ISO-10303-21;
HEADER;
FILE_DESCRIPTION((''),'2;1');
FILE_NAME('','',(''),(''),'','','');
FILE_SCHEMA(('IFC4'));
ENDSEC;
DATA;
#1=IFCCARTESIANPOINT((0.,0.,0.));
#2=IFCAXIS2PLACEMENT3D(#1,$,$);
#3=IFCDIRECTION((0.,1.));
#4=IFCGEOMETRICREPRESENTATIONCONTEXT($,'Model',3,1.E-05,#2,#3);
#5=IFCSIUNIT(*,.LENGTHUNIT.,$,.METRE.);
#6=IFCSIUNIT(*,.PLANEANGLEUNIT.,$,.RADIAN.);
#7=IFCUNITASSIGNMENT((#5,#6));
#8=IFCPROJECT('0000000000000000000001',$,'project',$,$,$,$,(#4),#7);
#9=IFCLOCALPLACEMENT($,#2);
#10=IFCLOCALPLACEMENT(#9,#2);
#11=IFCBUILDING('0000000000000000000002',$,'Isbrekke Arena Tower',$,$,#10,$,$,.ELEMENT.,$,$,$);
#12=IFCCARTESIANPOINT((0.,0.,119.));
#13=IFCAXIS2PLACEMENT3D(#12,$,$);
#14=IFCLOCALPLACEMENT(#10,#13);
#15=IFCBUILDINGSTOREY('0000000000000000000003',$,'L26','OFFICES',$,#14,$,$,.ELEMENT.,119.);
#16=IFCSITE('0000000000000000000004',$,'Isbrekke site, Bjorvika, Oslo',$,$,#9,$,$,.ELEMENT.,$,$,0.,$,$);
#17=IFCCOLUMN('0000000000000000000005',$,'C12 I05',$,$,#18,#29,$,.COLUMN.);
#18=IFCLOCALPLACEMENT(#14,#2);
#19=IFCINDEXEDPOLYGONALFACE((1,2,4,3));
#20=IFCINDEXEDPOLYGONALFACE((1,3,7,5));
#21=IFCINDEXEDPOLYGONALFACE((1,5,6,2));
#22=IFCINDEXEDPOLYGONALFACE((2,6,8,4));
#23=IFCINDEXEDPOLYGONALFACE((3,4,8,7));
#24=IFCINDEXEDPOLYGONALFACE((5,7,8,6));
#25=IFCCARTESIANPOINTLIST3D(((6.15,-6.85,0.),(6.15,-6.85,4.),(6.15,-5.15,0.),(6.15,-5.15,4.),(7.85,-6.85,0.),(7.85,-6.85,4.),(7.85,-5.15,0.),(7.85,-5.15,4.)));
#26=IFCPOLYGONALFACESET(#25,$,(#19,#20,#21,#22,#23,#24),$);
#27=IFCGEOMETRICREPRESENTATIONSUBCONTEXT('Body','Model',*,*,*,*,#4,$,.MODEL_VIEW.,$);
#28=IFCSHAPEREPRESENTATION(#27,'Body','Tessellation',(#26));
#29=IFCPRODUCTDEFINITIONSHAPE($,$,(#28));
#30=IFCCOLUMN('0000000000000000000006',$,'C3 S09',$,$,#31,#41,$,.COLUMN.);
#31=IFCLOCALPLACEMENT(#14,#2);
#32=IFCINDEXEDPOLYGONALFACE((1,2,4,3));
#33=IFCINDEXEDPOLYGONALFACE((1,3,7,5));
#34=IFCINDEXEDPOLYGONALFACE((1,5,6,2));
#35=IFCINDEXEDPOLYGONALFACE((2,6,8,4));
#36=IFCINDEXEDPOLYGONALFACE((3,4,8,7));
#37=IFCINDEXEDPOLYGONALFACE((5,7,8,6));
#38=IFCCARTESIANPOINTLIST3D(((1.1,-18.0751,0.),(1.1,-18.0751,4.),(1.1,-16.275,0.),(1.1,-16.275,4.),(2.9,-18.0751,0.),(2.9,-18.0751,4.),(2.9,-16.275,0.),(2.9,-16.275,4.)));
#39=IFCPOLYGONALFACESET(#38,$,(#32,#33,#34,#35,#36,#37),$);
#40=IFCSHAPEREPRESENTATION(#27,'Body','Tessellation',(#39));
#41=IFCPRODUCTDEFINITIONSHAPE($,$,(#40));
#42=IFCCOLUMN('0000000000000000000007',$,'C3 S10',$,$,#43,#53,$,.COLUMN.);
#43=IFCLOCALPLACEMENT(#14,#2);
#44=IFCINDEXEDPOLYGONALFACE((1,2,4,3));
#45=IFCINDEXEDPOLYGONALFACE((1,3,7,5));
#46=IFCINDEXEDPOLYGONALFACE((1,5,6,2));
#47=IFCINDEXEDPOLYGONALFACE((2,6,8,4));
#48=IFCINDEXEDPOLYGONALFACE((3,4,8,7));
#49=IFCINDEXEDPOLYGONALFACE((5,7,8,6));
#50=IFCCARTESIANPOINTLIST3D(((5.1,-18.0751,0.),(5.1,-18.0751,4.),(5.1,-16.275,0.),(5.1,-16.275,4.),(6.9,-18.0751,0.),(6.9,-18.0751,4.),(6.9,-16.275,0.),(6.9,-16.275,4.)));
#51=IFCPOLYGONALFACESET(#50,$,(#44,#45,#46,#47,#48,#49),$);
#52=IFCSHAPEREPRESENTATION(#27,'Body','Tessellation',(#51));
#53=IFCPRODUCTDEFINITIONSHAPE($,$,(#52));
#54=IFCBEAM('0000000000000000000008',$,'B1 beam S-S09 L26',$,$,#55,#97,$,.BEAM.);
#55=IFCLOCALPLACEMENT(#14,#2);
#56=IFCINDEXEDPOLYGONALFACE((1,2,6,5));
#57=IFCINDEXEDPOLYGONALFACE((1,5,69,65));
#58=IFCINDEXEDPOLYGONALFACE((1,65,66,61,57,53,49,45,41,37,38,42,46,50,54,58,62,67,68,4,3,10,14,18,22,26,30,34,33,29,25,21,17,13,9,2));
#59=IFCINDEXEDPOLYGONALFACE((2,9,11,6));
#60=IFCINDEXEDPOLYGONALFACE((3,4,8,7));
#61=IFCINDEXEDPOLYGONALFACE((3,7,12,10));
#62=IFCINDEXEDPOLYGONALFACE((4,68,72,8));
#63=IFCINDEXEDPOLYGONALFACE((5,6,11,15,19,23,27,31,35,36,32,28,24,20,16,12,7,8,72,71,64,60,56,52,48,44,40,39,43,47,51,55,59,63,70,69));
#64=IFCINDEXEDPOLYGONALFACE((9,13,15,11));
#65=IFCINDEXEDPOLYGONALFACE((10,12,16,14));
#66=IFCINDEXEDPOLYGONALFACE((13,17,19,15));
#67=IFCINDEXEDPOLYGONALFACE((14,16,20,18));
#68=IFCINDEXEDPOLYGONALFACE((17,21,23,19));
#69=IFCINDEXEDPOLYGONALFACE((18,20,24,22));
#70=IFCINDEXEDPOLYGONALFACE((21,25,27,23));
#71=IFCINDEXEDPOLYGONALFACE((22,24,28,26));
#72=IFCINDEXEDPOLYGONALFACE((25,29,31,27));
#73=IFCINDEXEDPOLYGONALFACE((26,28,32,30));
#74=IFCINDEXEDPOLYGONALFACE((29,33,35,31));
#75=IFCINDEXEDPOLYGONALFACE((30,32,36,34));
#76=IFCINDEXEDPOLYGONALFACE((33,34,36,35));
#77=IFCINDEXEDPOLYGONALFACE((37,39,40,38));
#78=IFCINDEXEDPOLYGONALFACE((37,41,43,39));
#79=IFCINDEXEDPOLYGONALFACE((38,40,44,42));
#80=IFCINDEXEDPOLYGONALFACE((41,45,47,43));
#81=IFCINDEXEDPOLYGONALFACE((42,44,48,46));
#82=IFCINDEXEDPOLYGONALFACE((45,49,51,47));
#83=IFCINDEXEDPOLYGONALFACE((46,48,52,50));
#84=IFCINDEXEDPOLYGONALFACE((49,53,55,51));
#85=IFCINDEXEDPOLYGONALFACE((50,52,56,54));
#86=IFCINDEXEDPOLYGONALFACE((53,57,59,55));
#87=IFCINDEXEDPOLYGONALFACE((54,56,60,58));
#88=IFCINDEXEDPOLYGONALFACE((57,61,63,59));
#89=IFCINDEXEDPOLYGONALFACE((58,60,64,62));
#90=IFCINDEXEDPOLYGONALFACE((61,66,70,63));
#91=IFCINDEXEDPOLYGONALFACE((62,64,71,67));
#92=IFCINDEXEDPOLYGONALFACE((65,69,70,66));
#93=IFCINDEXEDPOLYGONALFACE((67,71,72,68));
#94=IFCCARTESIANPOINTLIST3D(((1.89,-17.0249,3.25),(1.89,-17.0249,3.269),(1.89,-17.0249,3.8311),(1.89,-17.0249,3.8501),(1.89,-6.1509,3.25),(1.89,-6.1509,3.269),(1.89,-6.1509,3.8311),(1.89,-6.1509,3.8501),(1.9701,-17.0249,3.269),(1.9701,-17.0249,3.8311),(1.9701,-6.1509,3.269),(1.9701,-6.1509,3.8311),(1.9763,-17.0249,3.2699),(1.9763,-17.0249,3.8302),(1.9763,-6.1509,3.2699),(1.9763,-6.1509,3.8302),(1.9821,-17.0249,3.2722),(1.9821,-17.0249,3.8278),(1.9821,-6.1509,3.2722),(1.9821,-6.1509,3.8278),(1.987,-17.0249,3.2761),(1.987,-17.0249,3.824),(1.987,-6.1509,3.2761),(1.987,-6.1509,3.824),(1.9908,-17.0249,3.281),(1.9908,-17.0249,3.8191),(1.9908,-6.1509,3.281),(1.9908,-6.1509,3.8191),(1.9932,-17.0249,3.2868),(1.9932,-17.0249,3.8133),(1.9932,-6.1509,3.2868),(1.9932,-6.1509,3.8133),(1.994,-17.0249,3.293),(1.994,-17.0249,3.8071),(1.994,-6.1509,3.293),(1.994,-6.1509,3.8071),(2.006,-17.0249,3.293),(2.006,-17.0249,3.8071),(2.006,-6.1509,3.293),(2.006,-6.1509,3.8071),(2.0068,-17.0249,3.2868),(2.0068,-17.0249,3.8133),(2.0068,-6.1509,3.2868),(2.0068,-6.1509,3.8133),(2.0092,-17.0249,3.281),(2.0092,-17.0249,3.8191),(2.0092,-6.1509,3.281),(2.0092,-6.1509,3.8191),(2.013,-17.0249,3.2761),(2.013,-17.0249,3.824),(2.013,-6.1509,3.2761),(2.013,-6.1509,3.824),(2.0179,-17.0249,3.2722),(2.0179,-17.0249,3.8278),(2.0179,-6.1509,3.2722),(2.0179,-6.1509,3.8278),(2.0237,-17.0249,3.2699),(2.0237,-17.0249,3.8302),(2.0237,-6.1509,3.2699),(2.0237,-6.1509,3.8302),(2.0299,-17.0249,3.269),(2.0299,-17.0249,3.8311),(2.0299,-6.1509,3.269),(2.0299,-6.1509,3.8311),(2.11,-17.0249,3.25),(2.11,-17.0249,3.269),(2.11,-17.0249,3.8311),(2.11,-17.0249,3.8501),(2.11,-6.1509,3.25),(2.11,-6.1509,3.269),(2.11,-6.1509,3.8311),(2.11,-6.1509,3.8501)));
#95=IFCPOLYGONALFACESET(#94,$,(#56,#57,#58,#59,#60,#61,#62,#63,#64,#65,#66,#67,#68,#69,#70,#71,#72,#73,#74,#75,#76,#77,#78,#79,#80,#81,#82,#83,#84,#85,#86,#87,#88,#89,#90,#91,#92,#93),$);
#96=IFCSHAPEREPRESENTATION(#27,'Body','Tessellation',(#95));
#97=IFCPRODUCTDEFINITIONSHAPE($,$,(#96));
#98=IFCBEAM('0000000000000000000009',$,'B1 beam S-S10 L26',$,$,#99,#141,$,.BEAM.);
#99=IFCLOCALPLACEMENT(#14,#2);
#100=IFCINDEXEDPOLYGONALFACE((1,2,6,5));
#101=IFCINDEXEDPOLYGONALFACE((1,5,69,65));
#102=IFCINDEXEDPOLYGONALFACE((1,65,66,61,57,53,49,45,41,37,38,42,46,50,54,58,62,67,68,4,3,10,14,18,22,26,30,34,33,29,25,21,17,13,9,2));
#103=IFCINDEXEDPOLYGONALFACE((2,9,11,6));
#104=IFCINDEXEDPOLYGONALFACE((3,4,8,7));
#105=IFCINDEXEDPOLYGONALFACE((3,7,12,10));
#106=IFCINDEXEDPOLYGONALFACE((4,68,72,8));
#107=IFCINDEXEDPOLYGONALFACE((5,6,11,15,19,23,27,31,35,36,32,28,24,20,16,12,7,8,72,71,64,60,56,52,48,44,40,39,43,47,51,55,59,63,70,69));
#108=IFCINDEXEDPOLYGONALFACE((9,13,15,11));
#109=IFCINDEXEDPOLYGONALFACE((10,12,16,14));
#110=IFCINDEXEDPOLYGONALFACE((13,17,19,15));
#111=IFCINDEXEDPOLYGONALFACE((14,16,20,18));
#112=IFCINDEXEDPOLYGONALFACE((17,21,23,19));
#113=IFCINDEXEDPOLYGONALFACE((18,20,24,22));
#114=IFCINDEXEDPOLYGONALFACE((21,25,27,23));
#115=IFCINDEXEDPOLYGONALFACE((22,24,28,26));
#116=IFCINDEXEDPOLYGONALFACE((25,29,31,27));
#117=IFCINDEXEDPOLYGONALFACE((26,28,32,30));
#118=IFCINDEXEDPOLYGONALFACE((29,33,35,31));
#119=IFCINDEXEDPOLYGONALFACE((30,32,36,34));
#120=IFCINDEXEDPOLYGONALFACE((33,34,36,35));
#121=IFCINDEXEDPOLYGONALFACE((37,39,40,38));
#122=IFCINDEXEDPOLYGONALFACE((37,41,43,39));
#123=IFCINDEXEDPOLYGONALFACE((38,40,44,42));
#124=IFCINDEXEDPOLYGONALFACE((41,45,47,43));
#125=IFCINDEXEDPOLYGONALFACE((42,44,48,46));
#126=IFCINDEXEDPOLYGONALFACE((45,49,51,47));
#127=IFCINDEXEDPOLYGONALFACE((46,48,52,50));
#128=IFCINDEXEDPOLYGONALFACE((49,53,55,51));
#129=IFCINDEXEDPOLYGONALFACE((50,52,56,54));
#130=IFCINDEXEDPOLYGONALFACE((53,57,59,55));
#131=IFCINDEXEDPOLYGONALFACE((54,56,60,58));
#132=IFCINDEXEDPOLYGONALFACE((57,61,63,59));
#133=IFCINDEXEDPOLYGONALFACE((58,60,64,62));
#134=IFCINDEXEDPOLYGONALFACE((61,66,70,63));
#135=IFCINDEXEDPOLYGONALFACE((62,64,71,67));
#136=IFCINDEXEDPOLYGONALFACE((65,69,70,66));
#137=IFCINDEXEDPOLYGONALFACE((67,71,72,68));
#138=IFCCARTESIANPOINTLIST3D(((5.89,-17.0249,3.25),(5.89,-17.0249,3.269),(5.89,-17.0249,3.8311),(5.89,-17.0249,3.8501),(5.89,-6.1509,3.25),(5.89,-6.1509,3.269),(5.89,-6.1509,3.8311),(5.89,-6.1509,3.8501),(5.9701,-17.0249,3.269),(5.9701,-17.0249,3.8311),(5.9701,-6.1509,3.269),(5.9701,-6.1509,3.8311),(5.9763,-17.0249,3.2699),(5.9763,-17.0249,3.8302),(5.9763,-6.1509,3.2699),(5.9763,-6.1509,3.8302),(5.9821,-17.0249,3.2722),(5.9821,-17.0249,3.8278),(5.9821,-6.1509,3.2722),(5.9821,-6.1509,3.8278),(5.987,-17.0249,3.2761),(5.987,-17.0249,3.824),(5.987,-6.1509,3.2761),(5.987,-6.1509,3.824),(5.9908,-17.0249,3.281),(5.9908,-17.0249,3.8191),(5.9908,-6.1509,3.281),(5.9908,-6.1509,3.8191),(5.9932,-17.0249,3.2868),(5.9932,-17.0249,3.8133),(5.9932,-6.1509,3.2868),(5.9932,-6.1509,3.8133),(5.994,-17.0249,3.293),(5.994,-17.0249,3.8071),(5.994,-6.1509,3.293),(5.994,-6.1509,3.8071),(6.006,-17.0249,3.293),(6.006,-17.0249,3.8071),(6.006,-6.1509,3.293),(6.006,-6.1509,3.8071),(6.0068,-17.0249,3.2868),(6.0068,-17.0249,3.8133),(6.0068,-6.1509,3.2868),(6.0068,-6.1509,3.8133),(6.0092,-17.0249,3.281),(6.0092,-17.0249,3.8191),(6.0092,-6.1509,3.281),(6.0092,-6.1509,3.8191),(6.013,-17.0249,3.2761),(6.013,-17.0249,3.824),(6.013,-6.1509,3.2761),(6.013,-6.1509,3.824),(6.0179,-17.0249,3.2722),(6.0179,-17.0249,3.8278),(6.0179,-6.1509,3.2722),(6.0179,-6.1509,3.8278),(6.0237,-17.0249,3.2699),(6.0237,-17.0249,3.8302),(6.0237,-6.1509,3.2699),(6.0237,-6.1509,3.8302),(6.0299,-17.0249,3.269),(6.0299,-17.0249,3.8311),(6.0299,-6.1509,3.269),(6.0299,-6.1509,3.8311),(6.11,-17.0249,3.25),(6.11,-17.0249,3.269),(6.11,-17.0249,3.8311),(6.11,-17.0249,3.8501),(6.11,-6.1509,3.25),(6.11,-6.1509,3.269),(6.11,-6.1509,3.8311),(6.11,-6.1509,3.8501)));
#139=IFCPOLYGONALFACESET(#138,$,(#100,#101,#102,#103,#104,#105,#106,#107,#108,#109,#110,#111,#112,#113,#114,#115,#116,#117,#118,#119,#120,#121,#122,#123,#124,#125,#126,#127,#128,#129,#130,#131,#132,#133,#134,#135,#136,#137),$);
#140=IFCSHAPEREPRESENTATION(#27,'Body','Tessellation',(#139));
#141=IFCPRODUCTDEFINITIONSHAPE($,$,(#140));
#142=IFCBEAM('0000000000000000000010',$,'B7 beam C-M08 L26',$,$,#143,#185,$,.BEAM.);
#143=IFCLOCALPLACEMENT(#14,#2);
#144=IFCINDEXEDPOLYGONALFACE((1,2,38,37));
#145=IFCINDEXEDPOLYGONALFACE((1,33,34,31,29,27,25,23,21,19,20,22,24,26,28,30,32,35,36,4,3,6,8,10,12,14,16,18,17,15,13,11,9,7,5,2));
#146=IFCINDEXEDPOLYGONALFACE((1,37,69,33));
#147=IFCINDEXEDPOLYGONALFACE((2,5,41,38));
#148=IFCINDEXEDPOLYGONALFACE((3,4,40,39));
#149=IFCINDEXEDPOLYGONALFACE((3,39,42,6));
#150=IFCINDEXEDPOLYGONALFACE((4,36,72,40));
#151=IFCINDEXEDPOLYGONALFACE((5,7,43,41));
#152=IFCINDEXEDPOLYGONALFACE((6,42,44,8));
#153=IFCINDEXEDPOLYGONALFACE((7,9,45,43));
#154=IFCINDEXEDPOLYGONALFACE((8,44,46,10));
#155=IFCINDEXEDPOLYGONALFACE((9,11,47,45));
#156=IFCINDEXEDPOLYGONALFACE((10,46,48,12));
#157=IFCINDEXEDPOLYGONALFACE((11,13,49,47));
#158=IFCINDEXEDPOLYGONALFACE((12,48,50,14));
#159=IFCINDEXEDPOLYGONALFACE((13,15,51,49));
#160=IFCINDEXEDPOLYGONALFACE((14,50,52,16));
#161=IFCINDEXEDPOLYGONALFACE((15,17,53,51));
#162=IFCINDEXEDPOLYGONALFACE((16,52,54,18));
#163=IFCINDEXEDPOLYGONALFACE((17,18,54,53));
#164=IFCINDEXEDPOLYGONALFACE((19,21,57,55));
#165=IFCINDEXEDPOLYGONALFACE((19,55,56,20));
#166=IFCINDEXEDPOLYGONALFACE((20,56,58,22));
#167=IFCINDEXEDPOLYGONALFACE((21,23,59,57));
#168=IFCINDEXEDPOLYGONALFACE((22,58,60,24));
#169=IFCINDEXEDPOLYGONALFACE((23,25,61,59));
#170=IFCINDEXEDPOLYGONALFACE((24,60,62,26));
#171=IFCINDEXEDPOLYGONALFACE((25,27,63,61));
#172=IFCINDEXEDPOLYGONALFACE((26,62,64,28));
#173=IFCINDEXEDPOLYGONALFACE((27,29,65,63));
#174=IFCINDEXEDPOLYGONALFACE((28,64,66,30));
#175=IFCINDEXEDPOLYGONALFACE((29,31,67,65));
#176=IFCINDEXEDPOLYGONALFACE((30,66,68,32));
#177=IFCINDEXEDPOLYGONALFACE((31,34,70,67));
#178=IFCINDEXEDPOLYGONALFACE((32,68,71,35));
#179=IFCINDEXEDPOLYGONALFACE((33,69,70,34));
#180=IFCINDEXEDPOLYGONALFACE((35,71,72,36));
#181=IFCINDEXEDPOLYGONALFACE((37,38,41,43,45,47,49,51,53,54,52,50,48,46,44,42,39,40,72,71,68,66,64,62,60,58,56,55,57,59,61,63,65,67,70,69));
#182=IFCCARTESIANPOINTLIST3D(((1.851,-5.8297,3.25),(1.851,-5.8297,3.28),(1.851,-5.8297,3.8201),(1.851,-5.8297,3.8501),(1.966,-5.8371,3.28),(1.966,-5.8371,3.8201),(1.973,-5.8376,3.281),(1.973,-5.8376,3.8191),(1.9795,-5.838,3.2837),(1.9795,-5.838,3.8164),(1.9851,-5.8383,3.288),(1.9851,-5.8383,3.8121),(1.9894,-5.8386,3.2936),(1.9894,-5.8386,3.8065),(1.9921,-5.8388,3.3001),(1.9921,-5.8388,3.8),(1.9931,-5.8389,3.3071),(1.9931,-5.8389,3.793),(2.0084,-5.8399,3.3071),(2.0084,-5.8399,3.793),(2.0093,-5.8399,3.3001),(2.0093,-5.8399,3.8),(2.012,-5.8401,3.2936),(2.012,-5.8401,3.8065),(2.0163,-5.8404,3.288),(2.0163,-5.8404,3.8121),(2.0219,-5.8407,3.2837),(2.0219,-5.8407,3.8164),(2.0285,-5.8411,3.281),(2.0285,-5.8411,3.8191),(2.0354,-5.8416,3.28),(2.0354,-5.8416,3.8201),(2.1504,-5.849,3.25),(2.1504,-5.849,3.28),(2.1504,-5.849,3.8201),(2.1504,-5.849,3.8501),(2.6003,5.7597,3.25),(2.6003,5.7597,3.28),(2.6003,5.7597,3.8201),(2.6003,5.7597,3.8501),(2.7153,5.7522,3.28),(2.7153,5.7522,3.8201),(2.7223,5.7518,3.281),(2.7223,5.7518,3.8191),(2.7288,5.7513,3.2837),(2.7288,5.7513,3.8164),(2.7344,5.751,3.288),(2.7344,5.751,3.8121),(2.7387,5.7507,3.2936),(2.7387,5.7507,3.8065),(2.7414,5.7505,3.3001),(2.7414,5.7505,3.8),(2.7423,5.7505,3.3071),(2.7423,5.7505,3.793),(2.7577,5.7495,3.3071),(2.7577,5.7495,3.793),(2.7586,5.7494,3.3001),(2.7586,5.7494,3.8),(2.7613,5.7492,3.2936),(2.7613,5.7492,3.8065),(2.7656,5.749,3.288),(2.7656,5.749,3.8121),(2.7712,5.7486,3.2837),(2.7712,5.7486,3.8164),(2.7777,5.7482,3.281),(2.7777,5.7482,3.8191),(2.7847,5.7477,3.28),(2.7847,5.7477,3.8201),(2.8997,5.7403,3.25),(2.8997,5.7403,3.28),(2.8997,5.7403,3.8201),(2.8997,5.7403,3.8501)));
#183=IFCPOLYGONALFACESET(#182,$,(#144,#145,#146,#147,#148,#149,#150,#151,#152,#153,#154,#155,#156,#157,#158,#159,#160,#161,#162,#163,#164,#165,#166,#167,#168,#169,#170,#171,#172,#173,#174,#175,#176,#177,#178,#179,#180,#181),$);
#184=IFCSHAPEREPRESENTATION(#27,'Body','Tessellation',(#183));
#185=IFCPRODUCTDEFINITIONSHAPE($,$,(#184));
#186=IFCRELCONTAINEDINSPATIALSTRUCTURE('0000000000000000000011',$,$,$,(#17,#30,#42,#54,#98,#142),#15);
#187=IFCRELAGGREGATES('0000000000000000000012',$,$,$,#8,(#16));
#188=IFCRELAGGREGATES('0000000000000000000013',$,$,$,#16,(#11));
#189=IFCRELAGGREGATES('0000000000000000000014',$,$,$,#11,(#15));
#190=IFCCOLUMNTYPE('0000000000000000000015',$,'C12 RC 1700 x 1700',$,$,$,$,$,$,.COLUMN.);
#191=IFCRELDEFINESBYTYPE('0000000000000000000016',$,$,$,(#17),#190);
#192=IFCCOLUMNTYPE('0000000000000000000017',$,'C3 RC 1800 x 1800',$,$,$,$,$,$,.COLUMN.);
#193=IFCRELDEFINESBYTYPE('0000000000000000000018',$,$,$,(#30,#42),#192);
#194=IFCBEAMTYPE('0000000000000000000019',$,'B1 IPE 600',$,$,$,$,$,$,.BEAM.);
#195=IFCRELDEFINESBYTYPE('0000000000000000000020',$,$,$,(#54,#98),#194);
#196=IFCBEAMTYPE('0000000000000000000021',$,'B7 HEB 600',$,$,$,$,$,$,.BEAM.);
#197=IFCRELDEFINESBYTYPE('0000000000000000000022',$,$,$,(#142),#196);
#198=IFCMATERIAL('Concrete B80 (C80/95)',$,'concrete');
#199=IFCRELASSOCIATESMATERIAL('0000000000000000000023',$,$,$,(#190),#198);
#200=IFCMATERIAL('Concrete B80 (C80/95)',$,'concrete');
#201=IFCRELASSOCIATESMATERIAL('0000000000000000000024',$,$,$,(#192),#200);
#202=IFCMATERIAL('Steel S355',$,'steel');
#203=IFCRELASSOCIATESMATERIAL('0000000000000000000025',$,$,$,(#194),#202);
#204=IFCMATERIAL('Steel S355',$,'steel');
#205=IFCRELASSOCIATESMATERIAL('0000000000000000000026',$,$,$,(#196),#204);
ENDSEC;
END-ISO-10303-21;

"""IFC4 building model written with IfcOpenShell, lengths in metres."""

from ifc_helpers import new_model, si_unit, direction, frame, origin, origin_2d, place, context, subcontext, project, spatial, rectangle, i_section, extrude, material, material_profile, profile_set, type_object, element, save


model = new_model("IFC4")

# Units and contexts
model_context = context("Model", 3, precision=1e-05, world=origin(), true_north=direction((0.0, 1.0)))
body_context = subcontext(model_context, "Body", "Model", "MODEL_VIEW")
ifc_project = project(units=[si_unit("LENGTHUNIT", "METRE"), si_unit("PLANEANGLEUNIT", "RADIAN")], contexts=[model_context])

# Site, building, storey
site_placement = place(None, origin())
site = spatial("IfcSite", under=ifc_project, at=site_placement, Name="Isbrekke site, Bjorvika, Oslo", CompositionType="ELEMENT", RefElevation=0.0)
building_placement = place(site_placement, origin())
building = spatial("IfcBuilding", under=site, at=building_placement, Name="Isbrekke Arena Tower", CompositionType="ELEMENT")
storey_placement = place(building_placement, frame((0.0, 0.0, 119.0)))
storey = spatial("IfcBuildingStorey", under=building, at=storey_placement, Name="L26", Description="OFFICES", CompositionType="ELEMENT", Elevation=119.0)

# Columns
ifc_material_1 = material(Name="Concrete B80 (C80/95)", Category="concrete")
ifc_material_profile_1 = material_profile(ifc_material_1, rectangle(XDim=1.7, YDim=1.7, at=origin_2d()), Name="RC 1700x1700")
ifc_profile_set_1 = profile_set([ifc_material_profile_1], Name="Concrete B80 (C80/95)")
column_type_1 = type_object("IfcColumnType", Name="C12 RC 1700 x 1700", PredefinedType="COLUMN", material=ifc_profile_set_1)
column_placement = place(storey_placement, frame((7.0, -6.0, 0.0), z_axis=(0.0, 0.0, 1.0), x_axis=(1.0, 0.0, 0.0)))
element("IfcColumn", 1, at=column_placement, inside=storey, type_object=column_type_1, Name="C12 I05", PredefinedType="COLUMN", context=body_context, shape_type="SweptSolid", body=[
    extrude(rectangle(XDim=1.7, YDim=1.7, at=origin_2d()), origin(), (0.0, 0.0, 1.0), 4.0),
])
ifc_material_2 = material(Name="Concrete B80 (C80/95)", Category="concrete")
ifc_material_profile_2 = material_profile(ifc_material_2, rectangle(XDim=1.8, YDim=1.8, at=origin_2d()), Name="RC 1800x1800")
ifc_profile_set_2 = profile_set([ifc_material_profile_2], Name="Concrete B80 (C80/95)")
column_type_2 = type_object("IfcColumnType", Name="C3 RC 1800 x 1800", PredefinedType="COLUMN", material=ifc_profile_set_2)
for number, where, z_axis, x_axis, name in (
    (2, (2.0, -17.175, 0.0), (0.0, 0.0, 1.0), (1.0, 0.0, 0.0), "C3 S09"),
    (3, (6.0, -17.175, 0.0), (0.0, 0.0, 1.0), (1.0, 0.0, 0.0), "C3 S10"),
):
    element("IfcColumn", number, at=place(storey_placement, frame(where, z_axis=z_axis, x_axis=x_axis)), inside=storey, type_object=column_type_2, Name=name, PredefinedType="COLUMN", context=body_context, shape_type="SweptSolid", body=[
        extrude(rectangle(XDim=1.8, YDim=1.8, at=origin_2d()), origin(), (0.0, 0.0, 1.0), 4.0),
    ])

# Beams
ifc_material_3 = material(Name="Steel S355", Category="steel")
ifc_material_profile_3 = material_profile(ifc_material_3, i_section(OverallWidth=0.22, OverallDepth=0.6001, WebThickness=0.012, FlangeThickness=0.019, FilletRadius=0.0239, at=origin_2d()), Name="IPE 600")
ifc_profile_set_3 = profile_set([ifc_material_profile_3], Name="Steel S355")
beam_type_1 = type_object("IfcBeamType", Name="B1 IPE 600", PredefinedType="BEAM", material=ifc_profile_set_3)
for number, where, z_axis, x_axis, name in (
    (4, (2.0, -17.0249, 3.55), (0.0, 1.0, 0.0), (-1.0, 0.0, 0.0), "B1 beam S-S09 L26"),
    (5, (6.0, -17.0249, 3.55), (0.0, 1.0, 0.0), (-1.0, 0.0, 0.0), "B1 beam S-S10 L26"),
):
    element("IfcBeam", number, at=place(storey_placement, frame(where, z_axis=z_axis, x_axis=x_axis)), inside=storey, type_object=beam_type_1, Name=name, PredefinedType="BEAM", context=body_context, shape_type="SweptSolid", body=[
        extrude(i_section(OverallWidth=0.22, OverallDepth=0.6001, WebThickness=0.012, FlangeThickness=0.019, FilletRadius=0.0239, at=origin_2d()), origin(), (0.0, 0.0, 1.0), 10.874),
    ])
ifc_material_4 = material(Name="Steel S355", Category="steel")
ifc_material_profile_4 = material_profile(ifc_material_4, i_section(OverallWidth=0.3, OverallDepth=0.6001, WebThickness=0.0154, FlangeThickness=0.03, FilletRadius=0.0271, at=origin_2d()), Name="HEB 600")
ifc_profile_set_4 = profile_set([ifc_material_profile_4], Name="Steel S355")
beam_type_2 = type_object("IfcBeamType", Name="B7 HEB 600", PredefinedType="BEAM", material=ifc_profile_set_4)
beam_1_placement = place(storey_placement, frame((2.0007, -5.8394, 3.55), z_axis=(0.064517, 0.997917, 0.0), x_axis=(-0.997917, 0.064517, 0.0)))
element("IfcBeam", 6, at=beam_1_placement, inside=storey, type_object=beam_type_2, Name="B7 beam C-M08 L26", PredefinedType="BEAM", context=body_context, shape_type="SweptSolid", body=[
    extrude(i_section(OverallWidth=0.3, OverallDepth=0.6001, WebThickness=0.0154, FlangeThickness=0.03, FilletRadius=0.0271, at=origin_2d()), origin(), (0.0, 0.0, 1.0), 11.6135),
])

save(model, "model.ifc")
